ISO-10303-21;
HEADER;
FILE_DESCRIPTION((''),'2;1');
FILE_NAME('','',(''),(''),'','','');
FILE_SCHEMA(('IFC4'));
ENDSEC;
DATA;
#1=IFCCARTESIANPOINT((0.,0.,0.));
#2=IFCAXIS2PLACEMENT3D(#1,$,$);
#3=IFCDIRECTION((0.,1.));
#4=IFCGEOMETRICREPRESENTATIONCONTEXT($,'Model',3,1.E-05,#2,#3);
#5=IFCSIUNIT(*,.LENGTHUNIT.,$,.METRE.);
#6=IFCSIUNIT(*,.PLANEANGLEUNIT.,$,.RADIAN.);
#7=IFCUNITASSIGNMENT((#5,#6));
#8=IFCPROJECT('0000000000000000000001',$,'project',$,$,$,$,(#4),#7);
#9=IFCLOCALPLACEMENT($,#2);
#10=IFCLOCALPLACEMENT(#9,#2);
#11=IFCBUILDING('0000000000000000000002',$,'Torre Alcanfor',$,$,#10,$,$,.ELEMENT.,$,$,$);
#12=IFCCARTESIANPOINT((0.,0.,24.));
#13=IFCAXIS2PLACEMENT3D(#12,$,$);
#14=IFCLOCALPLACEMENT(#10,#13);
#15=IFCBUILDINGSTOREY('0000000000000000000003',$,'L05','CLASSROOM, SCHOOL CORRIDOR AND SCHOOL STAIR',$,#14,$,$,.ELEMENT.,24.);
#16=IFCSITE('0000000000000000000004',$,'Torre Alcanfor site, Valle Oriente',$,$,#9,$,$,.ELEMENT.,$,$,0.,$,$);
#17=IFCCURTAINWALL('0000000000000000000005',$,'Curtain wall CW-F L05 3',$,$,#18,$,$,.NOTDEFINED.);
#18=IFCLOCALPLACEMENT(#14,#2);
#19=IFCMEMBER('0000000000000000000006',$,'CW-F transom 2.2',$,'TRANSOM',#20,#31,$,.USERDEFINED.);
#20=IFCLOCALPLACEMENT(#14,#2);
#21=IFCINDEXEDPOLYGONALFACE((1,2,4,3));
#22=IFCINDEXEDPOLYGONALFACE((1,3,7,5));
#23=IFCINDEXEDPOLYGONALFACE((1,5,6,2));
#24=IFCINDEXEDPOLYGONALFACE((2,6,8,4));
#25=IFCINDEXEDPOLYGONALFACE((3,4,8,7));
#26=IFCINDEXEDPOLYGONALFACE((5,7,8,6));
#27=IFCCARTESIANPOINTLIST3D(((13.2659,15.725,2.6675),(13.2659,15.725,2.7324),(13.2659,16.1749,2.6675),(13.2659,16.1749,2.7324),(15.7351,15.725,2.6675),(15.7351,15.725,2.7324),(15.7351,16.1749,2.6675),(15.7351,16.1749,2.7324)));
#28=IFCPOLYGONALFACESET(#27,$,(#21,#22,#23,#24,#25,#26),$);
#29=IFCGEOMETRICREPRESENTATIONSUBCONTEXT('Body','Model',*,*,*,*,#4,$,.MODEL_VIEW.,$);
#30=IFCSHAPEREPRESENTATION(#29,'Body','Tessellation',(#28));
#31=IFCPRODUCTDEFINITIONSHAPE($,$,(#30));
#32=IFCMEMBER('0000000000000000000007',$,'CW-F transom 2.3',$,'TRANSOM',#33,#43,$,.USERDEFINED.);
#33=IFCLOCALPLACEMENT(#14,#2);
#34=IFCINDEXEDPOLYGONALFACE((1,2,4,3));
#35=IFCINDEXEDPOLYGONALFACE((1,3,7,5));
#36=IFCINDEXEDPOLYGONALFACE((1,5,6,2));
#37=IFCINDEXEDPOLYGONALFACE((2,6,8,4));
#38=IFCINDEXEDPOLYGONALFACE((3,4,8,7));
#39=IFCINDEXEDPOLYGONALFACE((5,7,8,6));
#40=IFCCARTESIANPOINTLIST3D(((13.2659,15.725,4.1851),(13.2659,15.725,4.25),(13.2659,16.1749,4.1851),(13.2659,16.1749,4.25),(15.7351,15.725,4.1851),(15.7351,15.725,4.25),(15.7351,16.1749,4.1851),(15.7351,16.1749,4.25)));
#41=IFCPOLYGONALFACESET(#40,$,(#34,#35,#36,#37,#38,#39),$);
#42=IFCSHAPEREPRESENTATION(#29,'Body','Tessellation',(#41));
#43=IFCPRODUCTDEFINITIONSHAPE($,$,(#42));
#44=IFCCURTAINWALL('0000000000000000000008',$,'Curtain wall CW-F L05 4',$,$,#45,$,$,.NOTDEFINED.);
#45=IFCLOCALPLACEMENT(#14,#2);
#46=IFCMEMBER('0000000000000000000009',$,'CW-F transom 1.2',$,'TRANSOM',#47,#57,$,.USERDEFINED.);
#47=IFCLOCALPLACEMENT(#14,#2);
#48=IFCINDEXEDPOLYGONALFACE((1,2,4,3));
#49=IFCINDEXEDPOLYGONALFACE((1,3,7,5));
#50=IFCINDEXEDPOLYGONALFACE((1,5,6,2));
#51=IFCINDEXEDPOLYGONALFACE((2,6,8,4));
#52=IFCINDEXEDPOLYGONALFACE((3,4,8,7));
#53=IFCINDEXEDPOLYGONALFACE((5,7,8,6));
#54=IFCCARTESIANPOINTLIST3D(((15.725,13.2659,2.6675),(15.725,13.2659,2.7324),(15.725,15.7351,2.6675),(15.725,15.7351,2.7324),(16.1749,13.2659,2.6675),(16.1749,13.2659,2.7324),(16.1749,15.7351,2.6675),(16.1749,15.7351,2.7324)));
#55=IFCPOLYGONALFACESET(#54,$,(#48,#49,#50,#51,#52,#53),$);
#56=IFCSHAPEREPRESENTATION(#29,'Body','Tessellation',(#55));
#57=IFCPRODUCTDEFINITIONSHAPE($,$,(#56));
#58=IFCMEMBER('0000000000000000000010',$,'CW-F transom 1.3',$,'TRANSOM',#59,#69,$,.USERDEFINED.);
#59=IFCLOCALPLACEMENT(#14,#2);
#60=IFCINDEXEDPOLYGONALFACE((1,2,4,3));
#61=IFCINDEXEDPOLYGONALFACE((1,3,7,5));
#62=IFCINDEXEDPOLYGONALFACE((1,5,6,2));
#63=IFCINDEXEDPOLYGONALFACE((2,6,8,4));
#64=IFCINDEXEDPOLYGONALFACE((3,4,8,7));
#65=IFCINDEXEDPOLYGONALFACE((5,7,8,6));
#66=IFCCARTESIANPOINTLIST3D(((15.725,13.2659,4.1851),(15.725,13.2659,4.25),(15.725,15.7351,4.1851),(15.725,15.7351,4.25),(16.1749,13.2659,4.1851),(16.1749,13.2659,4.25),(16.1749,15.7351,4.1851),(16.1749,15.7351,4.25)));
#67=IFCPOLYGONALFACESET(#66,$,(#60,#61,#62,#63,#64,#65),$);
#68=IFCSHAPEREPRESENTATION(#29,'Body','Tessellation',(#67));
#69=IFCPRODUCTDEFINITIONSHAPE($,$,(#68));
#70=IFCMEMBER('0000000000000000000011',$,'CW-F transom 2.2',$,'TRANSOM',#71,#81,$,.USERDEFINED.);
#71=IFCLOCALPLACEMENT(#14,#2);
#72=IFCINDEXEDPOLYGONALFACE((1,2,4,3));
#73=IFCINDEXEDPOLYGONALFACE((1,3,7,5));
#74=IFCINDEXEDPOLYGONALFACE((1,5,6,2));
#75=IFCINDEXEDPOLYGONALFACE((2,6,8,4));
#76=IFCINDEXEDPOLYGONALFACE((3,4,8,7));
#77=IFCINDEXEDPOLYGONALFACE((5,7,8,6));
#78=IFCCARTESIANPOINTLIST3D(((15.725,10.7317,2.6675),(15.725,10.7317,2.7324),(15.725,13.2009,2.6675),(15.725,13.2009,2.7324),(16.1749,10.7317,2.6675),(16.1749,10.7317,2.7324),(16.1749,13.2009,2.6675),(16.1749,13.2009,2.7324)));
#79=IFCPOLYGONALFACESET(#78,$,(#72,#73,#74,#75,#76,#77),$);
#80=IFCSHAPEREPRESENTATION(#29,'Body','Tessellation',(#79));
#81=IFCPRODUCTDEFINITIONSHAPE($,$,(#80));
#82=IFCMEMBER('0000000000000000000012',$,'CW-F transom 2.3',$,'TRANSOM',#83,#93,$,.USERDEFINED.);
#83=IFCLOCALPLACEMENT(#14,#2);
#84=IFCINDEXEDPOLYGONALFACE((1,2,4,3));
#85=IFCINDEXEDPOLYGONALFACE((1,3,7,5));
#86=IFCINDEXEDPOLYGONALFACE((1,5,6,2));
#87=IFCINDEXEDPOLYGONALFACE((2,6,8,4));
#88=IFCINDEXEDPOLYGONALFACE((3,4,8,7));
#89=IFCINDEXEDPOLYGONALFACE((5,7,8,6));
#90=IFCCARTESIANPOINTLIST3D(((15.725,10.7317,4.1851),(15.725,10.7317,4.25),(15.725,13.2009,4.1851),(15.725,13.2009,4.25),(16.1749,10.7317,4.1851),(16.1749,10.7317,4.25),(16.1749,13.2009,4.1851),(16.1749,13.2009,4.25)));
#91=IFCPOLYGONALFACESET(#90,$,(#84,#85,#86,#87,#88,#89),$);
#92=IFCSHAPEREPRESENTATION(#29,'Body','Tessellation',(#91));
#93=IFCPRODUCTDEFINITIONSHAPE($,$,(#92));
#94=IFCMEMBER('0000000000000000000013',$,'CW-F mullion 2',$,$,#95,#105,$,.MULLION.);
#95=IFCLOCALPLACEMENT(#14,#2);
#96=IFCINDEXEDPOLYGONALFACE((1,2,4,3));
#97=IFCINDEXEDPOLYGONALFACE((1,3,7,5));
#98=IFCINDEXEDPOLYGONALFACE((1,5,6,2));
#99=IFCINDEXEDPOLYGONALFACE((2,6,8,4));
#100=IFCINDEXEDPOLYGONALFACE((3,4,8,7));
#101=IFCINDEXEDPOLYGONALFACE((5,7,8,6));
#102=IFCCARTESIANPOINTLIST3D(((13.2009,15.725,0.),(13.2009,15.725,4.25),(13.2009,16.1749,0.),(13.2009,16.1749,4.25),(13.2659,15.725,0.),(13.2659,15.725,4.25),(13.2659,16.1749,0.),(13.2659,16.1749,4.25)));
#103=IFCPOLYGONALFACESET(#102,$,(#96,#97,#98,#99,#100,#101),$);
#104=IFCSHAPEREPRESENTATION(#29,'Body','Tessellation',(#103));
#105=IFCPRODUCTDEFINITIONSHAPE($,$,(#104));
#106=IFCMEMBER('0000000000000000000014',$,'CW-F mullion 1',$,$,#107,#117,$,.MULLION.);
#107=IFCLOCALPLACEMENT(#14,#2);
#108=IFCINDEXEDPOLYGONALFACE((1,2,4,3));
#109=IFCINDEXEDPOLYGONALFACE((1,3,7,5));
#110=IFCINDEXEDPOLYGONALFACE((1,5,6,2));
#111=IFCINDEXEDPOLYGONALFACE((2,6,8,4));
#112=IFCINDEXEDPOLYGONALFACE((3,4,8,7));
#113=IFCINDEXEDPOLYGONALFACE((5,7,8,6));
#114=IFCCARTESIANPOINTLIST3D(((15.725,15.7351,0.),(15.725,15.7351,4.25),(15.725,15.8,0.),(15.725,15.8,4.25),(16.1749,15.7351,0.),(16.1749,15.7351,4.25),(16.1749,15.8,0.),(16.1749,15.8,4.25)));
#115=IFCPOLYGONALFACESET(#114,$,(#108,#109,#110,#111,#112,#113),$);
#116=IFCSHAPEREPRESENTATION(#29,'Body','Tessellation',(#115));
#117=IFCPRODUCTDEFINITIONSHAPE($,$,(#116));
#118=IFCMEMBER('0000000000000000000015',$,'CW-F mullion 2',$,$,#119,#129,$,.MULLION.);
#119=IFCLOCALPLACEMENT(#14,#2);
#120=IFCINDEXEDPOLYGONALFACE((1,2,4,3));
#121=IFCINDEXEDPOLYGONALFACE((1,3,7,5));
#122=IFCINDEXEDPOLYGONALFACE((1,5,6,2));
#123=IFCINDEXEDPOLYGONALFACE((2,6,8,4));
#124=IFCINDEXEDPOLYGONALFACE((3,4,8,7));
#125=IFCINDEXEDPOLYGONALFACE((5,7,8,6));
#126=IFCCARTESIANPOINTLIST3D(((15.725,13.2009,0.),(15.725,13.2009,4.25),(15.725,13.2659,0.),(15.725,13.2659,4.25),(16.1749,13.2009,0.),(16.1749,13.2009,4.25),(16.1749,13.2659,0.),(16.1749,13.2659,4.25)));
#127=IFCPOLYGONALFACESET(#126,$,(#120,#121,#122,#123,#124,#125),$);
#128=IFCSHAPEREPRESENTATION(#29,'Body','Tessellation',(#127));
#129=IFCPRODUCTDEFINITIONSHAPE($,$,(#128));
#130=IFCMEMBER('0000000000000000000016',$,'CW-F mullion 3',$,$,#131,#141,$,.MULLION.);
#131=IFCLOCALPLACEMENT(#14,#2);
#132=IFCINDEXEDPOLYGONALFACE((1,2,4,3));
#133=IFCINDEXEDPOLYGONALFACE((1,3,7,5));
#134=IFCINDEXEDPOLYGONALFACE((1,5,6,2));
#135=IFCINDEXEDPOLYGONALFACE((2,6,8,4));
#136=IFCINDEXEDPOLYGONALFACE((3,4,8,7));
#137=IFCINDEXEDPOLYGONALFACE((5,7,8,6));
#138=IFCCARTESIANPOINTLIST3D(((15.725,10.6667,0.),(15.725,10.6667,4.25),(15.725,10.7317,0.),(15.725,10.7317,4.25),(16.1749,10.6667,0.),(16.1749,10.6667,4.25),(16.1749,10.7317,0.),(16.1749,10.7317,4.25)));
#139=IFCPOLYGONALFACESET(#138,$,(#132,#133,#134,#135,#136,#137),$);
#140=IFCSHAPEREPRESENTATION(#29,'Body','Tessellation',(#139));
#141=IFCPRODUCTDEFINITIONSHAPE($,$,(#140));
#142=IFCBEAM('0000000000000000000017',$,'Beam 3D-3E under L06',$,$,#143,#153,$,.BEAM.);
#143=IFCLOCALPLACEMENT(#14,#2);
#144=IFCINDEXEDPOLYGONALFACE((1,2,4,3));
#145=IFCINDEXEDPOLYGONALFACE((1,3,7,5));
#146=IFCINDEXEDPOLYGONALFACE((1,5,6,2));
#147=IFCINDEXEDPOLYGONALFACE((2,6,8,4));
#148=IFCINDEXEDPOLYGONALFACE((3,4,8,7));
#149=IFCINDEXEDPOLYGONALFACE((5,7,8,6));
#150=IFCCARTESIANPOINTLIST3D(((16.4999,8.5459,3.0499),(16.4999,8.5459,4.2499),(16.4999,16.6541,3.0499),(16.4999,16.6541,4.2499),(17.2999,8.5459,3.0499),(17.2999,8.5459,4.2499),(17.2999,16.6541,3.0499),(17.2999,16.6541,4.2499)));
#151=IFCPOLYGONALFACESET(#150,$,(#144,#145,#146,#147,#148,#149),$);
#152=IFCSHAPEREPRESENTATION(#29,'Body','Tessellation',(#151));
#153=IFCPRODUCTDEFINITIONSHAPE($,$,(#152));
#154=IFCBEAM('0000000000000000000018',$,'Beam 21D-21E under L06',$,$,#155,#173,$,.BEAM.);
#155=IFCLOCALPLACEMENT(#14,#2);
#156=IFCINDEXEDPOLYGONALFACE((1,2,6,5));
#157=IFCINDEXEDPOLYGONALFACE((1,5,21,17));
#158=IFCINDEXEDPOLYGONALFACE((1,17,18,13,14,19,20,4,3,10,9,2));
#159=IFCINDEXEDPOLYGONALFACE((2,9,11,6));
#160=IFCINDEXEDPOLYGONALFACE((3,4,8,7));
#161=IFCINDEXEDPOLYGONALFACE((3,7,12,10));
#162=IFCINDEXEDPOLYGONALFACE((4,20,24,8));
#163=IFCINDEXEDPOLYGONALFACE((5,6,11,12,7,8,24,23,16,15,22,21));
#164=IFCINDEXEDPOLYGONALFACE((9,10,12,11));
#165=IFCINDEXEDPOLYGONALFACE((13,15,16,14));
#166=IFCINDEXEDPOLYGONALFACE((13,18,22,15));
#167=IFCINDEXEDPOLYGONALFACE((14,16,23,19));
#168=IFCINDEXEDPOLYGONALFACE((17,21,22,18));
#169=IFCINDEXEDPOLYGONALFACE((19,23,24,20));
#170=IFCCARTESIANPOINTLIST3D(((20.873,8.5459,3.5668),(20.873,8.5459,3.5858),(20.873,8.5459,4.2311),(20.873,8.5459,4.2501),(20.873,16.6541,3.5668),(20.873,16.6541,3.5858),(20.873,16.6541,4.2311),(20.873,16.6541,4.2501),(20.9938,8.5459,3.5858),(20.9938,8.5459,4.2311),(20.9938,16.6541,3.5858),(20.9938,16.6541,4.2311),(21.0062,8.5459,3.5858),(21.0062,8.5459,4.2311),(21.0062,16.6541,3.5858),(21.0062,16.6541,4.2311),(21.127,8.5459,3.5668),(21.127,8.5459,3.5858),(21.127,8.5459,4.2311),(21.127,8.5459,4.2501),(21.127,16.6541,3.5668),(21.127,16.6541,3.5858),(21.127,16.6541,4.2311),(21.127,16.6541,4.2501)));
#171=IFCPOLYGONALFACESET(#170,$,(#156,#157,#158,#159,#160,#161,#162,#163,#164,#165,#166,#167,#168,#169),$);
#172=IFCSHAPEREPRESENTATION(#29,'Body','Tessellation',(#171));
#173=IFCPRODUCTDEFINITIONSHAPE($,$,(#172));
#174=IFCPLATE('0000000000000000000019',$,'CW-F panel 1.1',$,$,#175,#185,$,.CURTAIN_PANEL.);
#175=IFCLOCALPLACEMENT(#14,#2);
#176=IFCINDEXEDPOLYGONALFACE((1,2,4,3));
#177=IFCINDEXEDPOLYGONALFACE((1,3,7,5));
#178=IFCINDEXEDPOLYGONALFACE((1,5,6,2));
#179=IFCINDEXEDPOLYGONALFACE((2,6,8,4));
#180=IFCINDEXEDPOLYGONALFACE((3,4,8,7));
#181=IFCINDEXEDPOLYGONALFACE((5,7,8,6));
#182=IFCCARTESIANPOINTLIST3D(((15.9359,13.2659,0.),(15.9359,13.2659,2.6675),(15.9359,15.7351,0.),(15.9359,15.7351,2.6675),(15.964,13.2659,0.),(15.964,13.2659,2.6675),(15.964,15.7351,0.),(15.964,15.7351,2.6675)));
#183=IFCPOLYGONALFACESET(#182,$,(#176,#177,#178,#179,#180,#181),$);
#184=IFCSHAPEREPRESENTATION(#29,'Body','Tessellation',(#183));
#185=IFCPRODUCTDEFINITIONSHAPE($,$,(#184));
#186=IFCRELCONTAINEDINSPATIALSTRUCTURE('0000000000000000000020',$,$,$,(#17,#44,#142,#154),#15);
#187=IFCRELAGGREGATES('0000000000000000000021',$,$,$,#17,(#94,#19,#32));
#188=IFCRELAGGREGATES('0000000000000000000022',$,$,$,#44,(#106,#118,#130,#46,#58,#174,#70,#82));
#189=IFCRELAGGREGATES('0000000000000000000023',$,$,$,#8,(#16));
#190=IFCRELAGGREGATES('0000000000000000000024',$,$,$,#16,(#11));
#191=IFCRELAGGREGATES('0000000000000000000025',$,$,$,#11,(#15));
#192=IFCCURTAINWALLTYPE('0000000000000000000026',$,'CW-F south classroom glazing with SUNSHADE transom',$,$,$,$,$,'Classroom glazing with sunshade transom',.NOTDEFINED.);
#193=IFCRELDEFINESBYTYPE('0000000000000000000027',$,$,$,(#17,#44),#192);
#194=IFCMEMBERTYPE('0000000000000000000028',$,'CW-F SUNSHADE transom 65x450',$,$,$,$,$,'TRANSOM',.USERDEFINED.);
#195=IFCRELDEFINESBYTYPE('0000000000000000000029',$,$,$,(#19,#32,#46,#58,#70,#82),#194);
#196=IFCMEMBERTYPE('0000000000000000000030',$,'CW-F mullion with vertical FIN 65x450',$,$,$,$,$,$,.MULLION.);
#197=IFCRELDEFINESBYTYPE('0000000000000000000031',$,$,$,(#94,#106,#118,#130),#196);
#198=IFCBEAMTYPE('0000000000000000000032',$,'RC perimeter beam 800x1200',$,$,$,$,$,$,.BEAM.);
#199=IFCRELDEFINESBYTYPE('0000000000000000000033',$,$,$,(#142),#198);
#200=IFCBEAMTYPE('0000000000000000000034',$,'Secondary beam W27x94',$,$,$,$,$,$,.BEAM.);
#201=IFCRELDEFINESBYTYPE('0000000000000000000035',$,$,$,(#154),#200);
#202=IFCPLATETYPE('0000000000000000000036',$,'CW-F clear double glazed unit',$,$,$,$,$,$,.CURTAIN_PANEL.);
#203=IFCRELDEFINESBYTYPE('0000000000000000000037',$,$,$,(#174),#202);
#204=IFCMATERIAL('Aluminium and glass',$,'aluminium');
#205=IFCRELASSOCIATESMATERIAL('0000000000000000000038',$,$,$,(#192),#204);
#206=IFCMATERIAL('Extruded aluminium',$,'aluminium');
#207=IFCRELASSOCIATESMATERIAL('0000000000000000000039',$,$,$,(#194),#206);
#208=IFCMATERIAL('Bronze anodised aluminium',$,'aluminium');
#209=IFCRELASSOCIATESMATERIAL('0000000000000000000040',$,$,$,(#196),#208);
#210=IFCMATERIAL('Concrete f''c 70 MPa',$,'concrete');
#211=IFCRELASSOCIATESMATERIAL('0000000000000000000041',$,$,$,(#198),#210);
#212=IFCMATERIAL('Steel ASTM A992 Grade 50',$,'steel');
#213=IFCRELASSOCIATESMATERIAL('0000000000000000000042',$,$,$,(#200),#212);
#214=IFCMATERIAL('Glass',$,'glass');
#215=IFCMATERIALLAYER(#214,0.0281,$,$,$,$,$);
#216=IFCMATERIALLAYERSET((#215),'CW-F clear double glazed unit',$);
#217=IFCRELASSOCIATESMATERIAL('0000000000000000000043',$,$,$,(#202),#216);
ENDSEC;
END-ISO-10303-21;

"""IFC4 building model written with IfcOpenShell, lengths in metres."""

from ifc_helpers import new_model, si_unit, direction, frame, origin, origin_2d, place, context, subcontext, project, spatial, rectangle, i_section, extrude, material, layer, layer_set, material_profile, profile_set, type_object, element, aggregate, save


model = new_model("IFC4")

# Units and contexts
model_context = context("Model", 3, precision=1e-05, world=origin(), true_north=direction((0.0, 1.0)))
body_context = subcontext(model_context, "Body", "Model", "MODEL_VIEW")
ifc_project = project(units=[si_unit("LENGTHUNIT", "METRE"), si_unit("PLANEANGLEUNIT", "RADIAN")], contexts=[model_context])

# Site, building, storey
site_placement = place(None, origin())
site = spatial("IfcSite", under=ifc_project, at=site_placement, Name="Torre Alcanfor site, Valle Oriente", CompositionType="ELEMENT", RefElevation=0.0)
building_placement = place(site_placement, origin())
building = spatial("IfcBuilding", under=site, at=building_placement, Name="Torre Alcanfor", CompositionType="ELEMENT")
storey_placement = place(building_placement, frame((0.0, 0.0, 24.0)))
storey = spatial("IfcBuildingStorey", under=building, at=storey_placement, Name="L05", Description="CLASSROOM, SCHOOL CORRIDOR AND SCHOOL STAIR", CompositionType="ELEMENT", Elevation=24.0)

# Curtain walls, members
ifc_material_1 = material(Name="Aluminium and glass", Category="aluminium")
curtain_wall_type = type_object("IfcCurtainWallType", Name="CW-F south classroom glazing with SUNSHADE transom", ElementType="Classroom glazing with sunshade transom", PredefinedType="NOTDEFINED", material=ifc_material_1)
curtain_wall_1_placement = place(storey_placement, origin())
curtain_wall_1 = element("IfcCurtainWall", 1, at=curtain_wall_1_placement, inside=storey, type_object=curtain_wall_type, Name="Curtain wall CW-F L05 3", PredefinedType="NOTDEFINED")
ifc_material_2 = material(Name="Extruded aluminium", Category="aluminium")
ifc_material_profile_1 = material_profile(ifc_material_2, rectangle(XDim=0.45, YDim=0.0649, at=origin_2d()), Name="CW-F transom 450x65")
ifc_profile_set_1 = profile_set([ifc_material_profile_1], Name="Extruded aluminium")
member_type_1 = type_object("IfcMemberType", Name="CW-F SUNSHADE transom 65x450", ElementType="TRANSOM", PredefinedType="USERDEFINED", material=ifc_profile_set_1)
member_1_placement = place(storey_placement, frame((13.2659, 15.95, 2.7), z_axis=(1.0, 0.0, 0.0), x_axis=(0.0, 1.0, 0.0)))
member_1 = element("IfcMember", 2, at=member_1_placement, type_object=member_type_1, Name="CW-F transom 2.2", ObjectType="TRANSOM", PredefinedType="USERDEFINED", context=body_context, shape_type="SweptSolid", body=[
    extrude(rectangle(XDim=0.45, YDim=0.0649, at=origin_2d()), origin(), (0.0, 0.0, 1.0), 2.4692),
])
member_2_placement = place(storey_placement, frame((13.2659, 15.95, 4.2175), z_axis=(1.0, 0.0, 0.0), x_axis=(0.0, 1.0, 0.0)))
member_2 = element("IfcMember", 3, at=member_2_placement, type_object=member_type_1, Name="CW-F transom 2.3", ObjectType="TRANSOM", PredefinedType="USERDEFINED", context=body_context, shape_type="SweptSolid", body=[
    extrude(rectangle(XDim=0.45, YDim=0.0649, at=origin_2d()), origin(), (0.0, 0.0, 1.0), 2.4692),
])
curtain_wall_2_placement = place(storey_placement, origin())
curtain_wall_2 = element("IfcCurtainWall", 4, at=curtain_wall_2_placement, inside=storey, type_object=curtain_wall_type, Name="Curtain wall CW-F L05 4", PredefinedType="NOTDEFINED")
member_3_placement = place(storey_placement, frame((15.95, 15.7351, 2.7), z_axis=(0.0, -1.0, 0.0), x_axis=(1.0, 0.0, 0.0)))
member_3 = element("IfcMember", 5, at=member_3_placement, type_object=member_type_1, Name="CW-F transom 1.2", ObjectType="TRANSOM", PredefinedType="USERDEFINED", context=body_context, shape_type="SweptSolid", body=[
    extrude(rectangle(XDim=0.45, YDim=0.0649, at=origin_2d()), origin(), (0.0, 0.0, 1.0), 2.4692),
])
member_4_placement = place(storey_placement, frame((15.95, 15.7351, 4.2175), z_axis=(0.0, -1.0, 0.0), x_axis=(1.0, 0.0, 0.0)))
member_4 = element("IfcMember", 6, at=member_4_placement, type_object=member_type_1, Name="CW-F transom 1.3", ObjectType="TRANSOM", PredefinedType="USERDEFINED", context=body_context, shape_type="SweptSolid", body=[
    extrude(rectangle(XDim=0.45, YDim=0.0649, at=origin_2d()), origin(), (0.0, 0.0, 1.0), 2.4692),
])
member_5_placement = place(storey_placement, frame((15.95, 13.2009, 2.7), z_axis=(0.0, -1.0, 0.0), x_axis=(1.0, 0.0, 0.0)))
member_5 = element("IfcMember", 7, at=member_5_placement, type_object=member_type_1, Name="CW-F transom 2.2", ObjectType="TRANSOM", PredefinedType="USERDEFINED", context=body_context, shape_type="SweptSolid", body=[
    extrude(rectangle(XDim=0.45, YDim=0.0649, at=origin_2d()), origin(), (0.0, 0.0, 1.0), 2.4692),
])
member_6_placement = place(storey_placement, frame((15.95, 13.2009, 4.2175), z_axis=(0.0, -1.0, 0.0), x_axis=(1.0, 0.0, 0.0)))
member_6 = element("IfcMember", 8, at=member_6_placement, type_object=member_type_1, Name="CW-F transom 2.3", ObjectType="TRANSOM", PredefinedType="USERDEFINED", context=body_context, shape_type="SweptSolid", body=[
    extrude(rectangle(XDim=0.45, YDim=0.0649, at=origin_2d()), origin(), (0.0, 0.0, 1.0), 2.4692),
])

# Members
ifc_material_3 = material(Name="Bronze anodised aluminium", Category="aluminium")
ifc_material_profile_2 = material_profile(ifc_material_3, rectangle(XDim=0.45, YDim=0.0649, at=origin_2d()), Name="CW-F mullion 65x450")
ifc_profile_set_2 = profile_set([ifc_material_profile_2], Name="Bronze anodised aluminium")
member_type_2 = type_object("IfcMemberType", Name="CW-F mullion with vertical FIN 65x450", PredefinedType="MULLION", material=ifc_profile_set_2)
member_7_placement = place(storey_placement, frame((13.2334, 15.95, 0.0), z_axis=(0.0, 0.0, 1.0), x_axis=(0.0, 1.0, 0.0)))
member_7 = element("IfcMember", 9, at=member_7_placement, type_object=member_type_2, Name="CW-F mullion 2", PredefinedType="MULLION", context=body_context, shape_type="SweptSolid", body=[
    extrude(rectangle(XDim=0.45, YDim=0.0649, at=origin_2d()), origin(), (0.0, 0.0, 1.0), 4.25),
])
aggregate(curtain_wall_1, [member_7, member_1, member_2])
member_8_placement = place(storey_placement, frame((15.95, 15.7676, 0.0), z_axis=(0.0, 0.0, 1.0), x_axis=(1.0, 0.0, 0.0)))
member_8 = element("IfcMember", 10, at=member_8_placement, type_object=member_type_2, Name="CW-F mullion 1", PredefinedType="MULLION", context=body_context, shape_type="SweptSolid", body=[
    extrude(rectangle(XDim=0.45, YDim=0.0649, at=origin_2d()), origin(), (0.0, 0.0, 1.0), 4.25),
])
member_9_placement = place(storey_placement, frame((15.95, 13.2334, 0.0), z_axis=(0.0, 0.0, 1.0), x_axis=(1.0, 0.0, 0.0)))
member_9 = element("IfcMember", 11, at=member_9_placement, type_object=member_type_2, Name="CW-F mullion 2", PredefinedType="MULLION", context=body_context, shape_type="SweptSolid", body=[
    extrude(rectangle(XDim=0.45, YDim=0.0649, at=origin_2d()), origin(), (0.0, 0.0, 1.0), 4.25),
])
member_10_placement = place(storey_placement, frame((15.95, 10.6992, 0.0), z_axis=(0.0, 0.0, 1.0), x_axis=(1.0, 0.0, 0.0)))
member_10 = element("IfcMember", 12, at=member_10_placement, type_object=member_type_2, Name="CW-F mullion 3", PredefinedType="MULLION", context=body_context, shape_type="SweptSolid", body=[
    extrude(rectangle(XDim=0.45, YDim=0.0649, at=origin_2d()), origin(), (0.0, 0.0, 1.0), 4.25),
])

# Beams
ifc_material_4 = material(Name="Concrete f'c 70 MPa", Category="concrete")
ifc_material_profile_3 = material_profile(ifc_material_4, rectangle(XDim=0.8, YDim=1.2, at=origin_2d()), Name="800x1200")
ifc_profile_set_3 = profile_set([ifc_material_profile_3], Name="Concrete f'c 70 MPa")
beam_type_1 = type_object("IfcBeamType", Name="RC perimeter beam 800x1200", PredefinedType="BEAM", material=ifc_profile_set_3)
beam_1_placement = place(storey_placement, frame((16.8999, 8.5459, 3.6499), z_axis=(0.0, 1.0, 0.0), x_axis=(-1.0, 0.0, 0.0)))
element("IfcBeam", 13, at=beam_1_placement, inside=storey, type_object=beam_type_1, Name="Beam 3D-3E under L06", PredefinedType="BEAM", context=body_context, shape_type="SweptSolid", body=[
    extrude(rectangle(XDim=0.8, YDim=1.2, at=origin_2d()), origin(), (0.0, 0.0, 1.0), 8.1082),
])
ifc_material_5 = material(Name="Steel ASTM A992 Grade 50", Category="steel")
ifc_material_profile_4 = material_profile(ifc_material_5, i_section(OverallWidth=0.2539, OverallDepth=0.6833, WebThickness=0.0125, FlangeThickness=0.019, at=origin_2d()), Name="W27x94")
ifc_profile_set_4 = profile_set([ifc_material_profile_4], Name="Steel ASTM A992 Grade 50")
beam_type_2 = type_object("IfcBeamType", Name="Secondary beam W27x94", PredefinedType="BEAM", material=ifc_profile_set_4)
beam_2_placement = place(storey_placement, frame((21.0, 8.5459, 3.9084), z_axis=(0.0, 1.0, 0.0), x_axis=(-1.0, 0.0, 0.0)))
element("IfcBeam", 14, at=beam_2_placement, inside=storey, type_object=beam_type_2, Name="Beam 21D-21E under L06", PredefinedType="BEAM", context=body_context, shape_type="SweptSolid", body=[
    extrude(i_section(OverallWidth=0.2539, OverallDepth=0.6833, WebThickness=0.0125, FlangeThickness=0.019, at=origin_2d()), origin(), (0.0, 0.0, 1.0), 8.1082),
])

# Plate
ifc_material_6 = material(Name="Glass", Category="glass")
ifc_layer_1 = layer(ifc_material_6, 0.0281)
ifc_layer_set_1 = layer_set([ifc_layer_1], Name="CW-F clear double glazed unit")
plate_type = type_object("IfcPlateType", Name="CW-F clear double glazed unit", PredefinedType="CURTAIN_PANEL", material=ifc_layer_set_1)
plate_1_placement = place(storey_placement, frame((15.95, 14.5005, 0.0), z_axis=(0.0, 0.0, 1.0), x_axis=(0.0, -1.0, 0.0)))
plate_1 = element("IfcPlate", 15, at=plate_1_placement, type_object=plate_type, Name="CW-F panel 1.1", PredefinedType="CURTAIN_PANEL", context=body_context, shape_type="SweptSolid", body=[
    extrude(rectangle(XDim=2.4692, YDim=0.0281, at=origin_2d()), origin(), (0.0, 0.0, 1.0), 2.6675),
])
aggregate(curtain_wall_2, [member_8, member_9, member_10, member_3, member_4, plate_1, member_5, member_6])

save(model, "model.ifc")
